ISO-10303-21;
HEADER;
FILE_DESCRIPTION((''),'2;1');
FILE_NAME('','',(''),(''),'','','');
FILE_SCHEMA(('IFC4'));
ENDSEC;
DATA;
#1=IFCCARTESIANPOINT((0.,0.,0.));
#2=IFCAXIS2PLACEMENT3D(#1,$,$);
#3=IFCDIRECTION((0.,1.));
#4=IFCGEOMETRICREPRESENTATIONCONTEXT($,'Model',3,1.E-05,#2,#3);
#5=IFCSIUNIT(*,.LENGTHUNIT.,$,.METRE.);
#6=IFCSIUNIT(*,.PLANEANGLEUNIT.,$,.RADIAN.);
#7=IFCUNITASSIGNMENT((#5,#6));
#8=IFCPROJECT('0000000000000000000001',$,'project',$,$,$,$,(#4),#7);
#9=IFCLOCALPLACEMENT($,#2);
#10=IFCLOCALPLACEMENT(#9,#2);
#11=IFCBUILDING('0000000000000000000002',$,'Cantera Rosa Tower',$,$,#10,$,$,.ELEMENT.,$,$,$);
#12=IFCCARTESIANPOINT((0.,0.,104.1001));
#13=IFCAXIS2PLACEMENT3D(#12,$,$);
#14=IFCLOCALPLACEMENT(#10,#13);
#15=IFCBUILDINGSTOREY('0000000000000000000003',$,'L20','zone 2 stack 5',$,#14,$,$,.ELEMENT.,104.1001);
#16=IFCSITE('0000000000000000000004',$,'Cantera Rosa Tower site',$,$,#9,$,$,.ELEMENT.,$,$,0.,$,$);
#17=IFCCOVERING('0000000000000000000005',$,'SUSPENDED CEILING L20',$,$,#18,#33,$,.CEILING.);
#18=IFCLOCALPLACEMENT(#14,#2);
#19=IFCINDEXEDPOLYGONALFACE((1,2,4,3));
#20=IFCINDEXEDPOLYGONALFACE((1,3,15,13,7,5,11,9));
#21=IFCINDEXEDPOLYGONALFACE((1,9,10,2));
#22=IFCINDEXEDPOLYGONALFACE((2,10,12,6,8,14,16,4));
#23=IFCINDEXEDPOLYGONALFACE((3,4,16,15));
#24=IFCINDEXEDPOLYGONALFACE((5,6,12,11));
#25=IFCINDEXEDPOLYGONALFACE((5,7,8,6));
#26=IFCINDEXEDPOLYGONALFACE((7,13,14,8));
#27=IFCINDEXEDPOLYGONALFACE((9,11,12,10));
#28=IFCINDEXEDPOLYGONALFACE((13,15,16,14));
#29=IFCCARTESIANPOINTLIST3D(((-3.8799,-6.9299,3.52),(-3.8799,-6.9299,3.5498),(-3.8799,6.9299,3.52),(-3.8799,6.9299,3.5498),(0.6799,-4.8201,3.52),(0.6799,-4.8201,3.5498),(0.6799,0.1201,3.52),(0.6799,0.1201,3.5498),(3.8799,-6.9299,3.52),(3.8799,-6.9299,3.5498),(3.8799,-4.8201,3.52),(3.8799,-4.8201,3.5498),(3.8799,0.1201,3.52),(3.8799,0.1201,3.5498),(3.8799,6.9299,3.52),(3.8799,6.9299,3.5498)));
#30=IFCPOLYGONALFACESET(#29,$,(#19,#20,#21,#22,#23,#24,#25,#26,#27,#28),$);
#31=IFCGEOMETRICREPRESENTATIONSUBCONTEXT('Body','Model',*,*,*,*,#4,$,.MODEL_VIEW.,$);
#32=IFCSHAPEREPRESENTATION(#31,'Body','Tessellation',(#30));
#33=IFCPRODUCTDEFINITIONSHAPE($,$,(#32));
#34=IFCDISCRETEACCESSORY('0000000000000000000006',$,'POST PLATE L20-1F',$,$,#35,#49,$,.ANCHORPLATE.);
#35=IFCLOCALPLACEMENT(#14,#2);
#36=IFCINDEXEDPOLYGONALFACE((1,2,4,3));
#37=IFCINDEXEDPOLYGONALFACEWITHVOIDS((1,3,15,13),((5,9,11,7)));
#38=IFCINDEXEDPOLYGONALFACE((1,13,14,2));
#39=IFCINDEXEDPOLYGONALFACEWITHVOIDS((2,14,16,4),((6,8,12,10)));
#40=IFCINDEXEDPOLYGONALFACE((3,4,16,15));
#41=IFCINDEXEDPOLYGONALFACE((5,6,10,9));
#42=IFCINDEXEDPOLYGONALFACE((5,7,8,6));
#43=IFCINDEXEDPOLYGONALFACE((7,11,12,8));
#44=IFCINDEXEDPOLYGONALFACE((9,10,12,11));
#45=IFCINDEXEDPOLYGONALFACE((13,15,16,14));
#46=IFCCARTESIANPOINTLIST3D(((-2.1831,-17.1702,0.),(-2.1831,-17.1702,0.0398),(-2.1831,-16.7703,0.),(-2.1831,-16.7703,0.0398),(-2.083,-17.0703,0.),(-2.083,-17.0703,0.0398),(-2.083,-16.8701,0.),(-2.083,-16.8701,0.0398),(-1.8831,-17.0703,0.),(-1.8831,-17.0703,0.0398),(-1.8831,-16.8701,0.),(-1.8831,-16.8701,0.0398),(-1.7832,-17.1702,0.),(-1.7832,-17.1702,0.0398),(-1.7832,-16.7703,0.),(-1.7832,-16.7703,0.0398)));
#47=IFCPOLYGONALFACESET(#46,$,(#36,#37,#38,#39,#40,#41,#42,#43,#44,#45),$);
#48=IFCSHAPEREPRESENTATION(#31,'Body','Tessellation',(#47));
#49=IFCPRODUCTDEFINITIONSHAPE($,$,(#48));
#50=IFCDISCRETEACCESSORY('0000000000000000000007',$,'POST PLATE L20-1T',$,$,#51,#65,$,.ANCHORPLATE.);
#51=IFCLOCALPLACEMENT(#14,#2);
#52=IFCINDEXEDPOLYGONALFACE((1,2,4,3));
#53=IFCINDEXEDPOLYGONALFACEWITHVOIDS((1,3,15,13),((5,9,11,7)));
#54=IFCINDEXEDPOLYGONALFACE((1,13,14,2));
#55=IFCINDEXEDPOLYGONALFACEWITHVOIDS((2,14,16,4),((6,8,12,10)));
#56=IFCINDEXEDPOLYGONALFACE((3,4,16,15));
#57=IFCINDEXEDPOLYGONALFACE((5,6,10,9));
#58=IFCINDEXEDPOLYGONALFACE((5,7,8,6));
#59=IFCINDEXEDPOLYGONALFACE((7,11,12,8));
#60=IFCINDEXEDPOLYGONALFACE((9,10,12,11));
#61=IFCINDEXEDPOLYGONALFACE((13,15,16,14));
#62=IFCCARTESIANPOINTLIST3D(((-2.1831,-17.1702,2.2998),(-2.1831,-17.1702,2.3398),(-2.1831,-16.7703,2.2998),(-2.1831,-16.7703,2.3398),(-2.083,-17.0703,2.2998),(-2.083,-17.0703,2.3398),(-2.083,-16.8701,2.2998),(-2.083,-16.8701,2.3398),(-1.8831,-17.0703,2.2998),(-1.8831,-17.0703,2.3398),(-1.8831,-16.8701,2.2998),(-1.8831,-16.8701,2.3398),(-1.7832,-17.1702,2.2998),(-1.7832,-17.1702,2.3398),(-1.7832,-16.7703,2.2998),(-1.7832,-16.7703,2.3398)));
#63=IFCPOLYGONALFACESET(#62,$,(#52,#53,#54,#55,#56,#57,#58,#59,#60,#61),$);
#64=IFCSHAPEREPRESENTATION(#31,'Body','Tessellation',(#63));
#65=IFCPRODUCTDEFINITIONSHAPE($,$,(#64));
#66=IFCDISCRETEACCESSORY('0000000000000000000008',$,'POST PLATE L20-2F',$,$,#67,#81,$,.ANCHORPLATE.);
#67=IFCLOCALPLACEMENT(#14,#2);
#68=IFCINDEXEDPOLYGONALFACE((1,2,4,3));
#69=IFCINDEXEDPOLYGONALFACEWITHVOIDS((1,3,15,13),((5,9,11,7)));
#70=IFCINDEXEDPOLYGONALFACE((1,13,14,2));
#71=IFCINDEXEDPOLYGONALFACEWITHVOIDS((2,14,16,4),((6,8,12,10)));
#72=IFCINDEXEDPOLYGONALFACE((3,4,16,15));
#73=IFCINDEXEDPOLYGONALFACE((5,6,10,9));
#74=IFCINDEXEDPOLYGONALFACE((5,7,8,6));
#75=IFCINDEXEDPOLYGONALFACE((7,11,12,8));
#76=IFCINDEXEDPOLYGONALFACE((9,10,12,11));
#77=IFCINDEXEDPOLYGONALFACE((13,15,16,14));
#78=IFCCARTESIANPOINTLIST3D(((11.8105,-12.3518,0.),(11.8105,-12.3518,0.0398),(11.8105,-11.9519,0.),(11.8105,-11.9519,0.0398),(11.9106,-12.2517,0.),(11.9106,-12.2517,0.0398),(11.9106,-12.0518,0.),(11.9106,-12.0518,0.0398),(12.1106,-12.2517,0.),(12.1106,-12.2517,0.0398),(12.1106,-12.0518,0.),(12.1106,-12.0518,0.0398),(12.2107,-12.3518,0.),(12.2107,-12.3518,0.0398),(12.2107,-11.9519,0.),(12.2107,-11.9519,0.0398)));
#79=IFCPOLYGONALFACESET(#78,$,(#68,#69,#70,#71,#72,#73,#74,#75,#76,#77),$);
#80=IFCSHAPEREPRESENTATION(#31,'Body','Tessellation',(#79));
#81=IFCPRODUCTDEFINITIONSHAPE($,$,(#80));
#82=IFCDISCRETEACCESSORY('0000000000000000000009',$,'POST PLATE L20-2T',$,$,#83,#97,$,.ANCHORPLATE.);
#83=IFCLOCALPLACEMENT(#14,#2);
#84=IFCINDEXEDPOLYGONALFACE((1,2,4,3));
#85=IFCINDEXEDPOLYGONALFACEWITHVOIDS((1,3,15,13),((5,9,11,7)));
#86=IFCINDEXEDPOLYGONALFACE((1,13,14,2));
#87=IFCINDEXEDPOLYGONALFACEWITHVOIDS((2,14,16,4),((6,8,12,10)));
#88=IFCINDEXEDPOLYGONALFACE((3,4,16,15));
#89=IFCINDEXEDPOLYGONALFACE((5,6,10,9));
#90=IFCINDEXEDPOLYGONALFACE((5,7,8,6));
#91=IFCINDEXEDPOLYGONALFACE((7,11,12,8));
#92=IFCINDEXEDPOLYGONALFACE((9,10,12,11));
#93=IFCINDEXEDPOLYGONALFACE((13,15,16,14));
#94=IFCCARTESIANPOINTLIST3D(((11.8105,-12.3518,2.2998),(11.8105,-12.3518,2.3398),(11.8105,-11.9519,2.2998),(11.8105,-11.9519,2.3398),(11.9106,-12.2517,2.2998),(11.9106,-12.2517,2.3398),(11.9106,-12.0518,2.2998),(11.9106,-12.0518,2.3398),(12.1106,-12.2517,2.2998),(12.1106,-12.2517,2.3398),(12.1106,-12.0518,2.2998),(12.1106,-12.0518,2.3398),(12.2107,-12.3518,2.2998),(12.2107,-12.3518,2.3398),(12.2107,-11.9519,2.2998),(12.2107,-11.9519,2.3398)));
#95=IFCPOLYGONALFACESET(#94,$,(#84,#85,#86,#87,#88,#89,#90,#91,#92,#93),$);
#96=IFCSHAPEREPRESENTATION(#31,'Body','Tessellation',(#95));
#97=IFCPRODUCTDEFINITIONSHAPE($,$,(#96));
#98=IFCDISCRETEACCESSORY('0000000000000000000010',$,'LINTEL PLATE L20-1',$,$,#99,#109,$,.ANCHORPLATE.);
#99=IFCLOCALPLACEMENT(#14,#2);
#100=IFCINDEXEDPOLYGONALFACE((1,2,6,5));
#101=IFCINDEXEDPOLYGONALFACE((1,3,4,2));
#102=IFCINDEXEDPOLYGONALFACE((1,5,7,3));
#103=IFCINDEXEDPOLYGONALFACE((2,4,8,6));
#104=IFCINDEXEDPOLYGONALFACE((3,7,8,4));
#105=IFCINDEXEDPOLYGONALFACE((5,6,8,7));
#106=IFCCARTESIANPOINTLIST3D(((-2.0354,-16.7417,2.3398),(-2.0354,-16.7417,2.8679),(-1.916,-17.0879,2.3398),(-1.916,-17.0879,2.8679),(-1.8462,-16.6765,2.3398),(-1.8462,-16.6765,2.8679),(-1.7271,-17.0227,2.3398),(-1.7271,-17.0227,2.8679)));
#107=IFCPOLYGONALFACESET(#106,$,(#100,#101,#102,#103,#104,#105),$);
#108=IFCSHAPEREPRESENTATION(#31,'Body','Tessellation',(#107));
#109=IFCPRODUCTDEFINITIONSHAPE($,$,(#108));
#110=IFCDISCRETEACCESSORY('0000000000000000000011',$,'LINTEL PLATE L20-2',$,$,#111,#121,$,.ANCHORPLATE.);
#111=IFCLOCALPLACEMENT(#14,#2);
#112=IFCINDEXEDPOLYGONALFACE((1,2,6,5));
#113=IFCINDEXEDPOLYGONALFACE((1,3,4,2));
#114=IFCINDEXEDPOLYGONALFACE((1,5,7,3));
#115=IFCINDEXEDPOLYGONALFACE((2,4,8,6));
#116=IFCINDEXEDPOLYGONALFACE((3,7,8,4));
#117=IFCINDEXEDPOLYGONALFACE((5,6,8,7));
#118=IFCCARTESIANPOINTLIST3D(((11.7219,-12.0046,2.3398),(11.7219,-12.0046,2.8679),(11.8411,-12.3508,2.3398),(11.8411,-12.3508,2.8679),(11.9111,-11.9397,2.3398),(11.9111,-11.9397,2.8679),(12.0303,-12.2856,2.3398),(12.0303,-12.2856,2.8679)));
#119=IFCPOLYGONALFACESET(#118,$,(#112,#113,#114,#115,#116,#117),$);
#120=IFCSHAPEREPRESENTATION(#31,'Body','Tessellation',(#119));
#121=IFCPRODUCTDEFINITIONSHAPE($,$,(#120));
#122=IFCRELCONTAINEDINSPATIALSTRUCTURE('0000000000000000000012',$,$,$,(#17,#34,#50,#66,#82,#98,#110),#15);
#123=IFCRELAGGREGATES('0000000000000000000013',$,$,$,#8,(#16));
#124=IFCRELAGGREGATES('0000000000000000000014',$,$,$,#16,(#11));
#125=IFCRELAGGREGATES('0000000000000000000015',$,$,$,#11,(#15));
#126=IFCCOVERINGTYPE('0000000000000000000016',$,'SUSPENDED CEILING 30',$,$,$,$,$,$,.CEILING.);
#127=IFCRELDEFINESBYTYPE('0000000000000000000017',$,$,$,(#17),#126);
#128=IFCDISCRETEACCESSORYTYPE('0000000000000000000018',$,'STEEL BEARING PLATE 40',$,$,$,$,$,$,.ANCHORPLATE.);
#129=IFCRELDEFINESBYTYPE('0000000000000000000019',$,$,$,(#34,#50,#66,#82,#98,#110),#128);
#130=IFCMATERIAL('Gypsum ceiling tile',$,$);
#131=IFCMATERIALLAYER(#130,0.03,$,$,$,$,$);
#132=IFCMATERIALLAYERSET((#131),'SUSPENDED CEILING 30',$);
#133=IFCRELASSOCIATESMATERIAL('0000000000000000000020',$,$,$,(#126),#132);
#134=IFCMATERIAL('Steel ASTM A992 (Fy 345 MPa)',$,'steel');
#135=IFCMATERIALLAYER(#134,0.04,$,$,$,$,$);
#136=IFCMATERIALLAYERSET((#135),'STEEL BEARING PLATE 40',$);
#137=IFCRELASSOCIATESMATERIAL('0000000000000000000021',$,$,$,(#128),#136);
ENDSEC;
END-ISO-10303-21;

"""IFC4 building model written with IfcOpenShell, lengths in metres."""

from ifc_helpers import new_model, si_unit, direction, frame, origin, place, context, subcontext, project, spatial, polyline, outline, extrude, material, layer, layer_set, type_object, element, save


model = new_model("IFC4")

# Units and contexts
model_context = context("Model", 3, precision=1e-05, world=origin(), true_north=direction((0.0, 1.0)))
body_context = subcontext(model_context, "Body", "Model", "MODEL_VIEW")
ifc_project = project(units=[si_unit("LENGTHUNIT", "METRE"), si_unit("PLANEANGLEUNIT", "RADIAN")], contexts=[model_context])

# Site, building, storey
site_placement = place(None, origin())
site = spatial("IfcSite", under=ifc_project, at=site_placement, Name="Cantera Rosa Tower site", CompositionType="ELEMENT", RefElevation=0.0)
building_placement = place(site_placement, origin())
building = spatial("IfcBuilding", under=site, at=building_placement, Name="Cantera Rosa Tower", CompositionType="ELEMENT")
storey_placement = place(building_placement, frame((0.0, 0.0, 104.1001)))
storey = spatial("IfcBuildingStorey", under=building, at=storey_placement, Name="L20", Description="zone 2 stack 5", CompositionType="ELEMENT", Elevation=104.1001)

# Covering
ifc_material_1 = material(Name="Gypsum ceiling tile")
ifc_layer_1 = layer(ifc_material_1, 0.03)
ifc_layer_set_1 = layer_set([ifc_layer_1], Name="SUSPENDED CEILING 30")
covering_type_1 = type_object("IfcCoveringType", Name="SUSPENDED CEILING 30", PredefinedType="CEILING", material=ifc_layer_set_1)
covering_1_placement = place(storey_placement, frame((0.0, 0.0, 3.52)))
element("IfcCovering", 1, at=covering_1_placement, inside=storey, type_object=covering_type_1, Name="SUSPENDED CEILING L20", PredefinedType="CEILING", context=body_context, shape_type="SweptSolid", body=[
    extrude(outline(polyline([(3.8799, 6.9299), (3.8799, 0.1201), (0.6799, 0.1201), (0.6799, -4.8201), (3.8799, -4.8201), (3.8799, -6.9299), (-3.8799, -6.9299), (-3.8799, 6.9299), (3.8799, 6.9299)])), origin(), (0.0, 0.0, 1.0), 0.0298),
])

# Discrete accessories
ifc_material_2 = material(Name="Steel ASTM A992 (Fy 345 MPa)", Category="steel")
ifc_layer_2 = layer(ifc_material_2, 0.04)
ifc_layer_set_2 = layer_set([ifc_layer_2], Name="STEEL BEARING PLATE 40")
discrete_accessory_type = type_object("IfcDiscreteAccessoryType", Name="STEEL BEARING PLATE 40", PredefinedType="ANCHORPLATE", material=ifc_layer_set_2)
discrete_accessory_1_placement = place(storey_placement, origin())
element("IfcDiscreteAccessory", 2, at=discrete_accessory_1_placement, inside=storey, type_object=discrete_accessory_type, Name="POST PLATE L20-1F", PredefinedType="ANCHORPLATE", context=body_context, shape_type="SweptSolid", body=[
    extrude(outline(polyline([(-2.1831, -17.1702), (-1.7832, -17.1702), (-1.7832, -16.7703), (-2.1831, -16.7703), (-2.1831, -17.1702)]), holes=[polyline([(-2.083, -17.0703), (-1.8831, -17.0703), (-1.8831, -16.8701), (-2.083, -16.8701), (-2.083, -17.0703)])]), origin(), (0.0, 0.0, 1.0), 0.0398),
])
discrete_accessory_2_placement = place(storey_placement, frame((0.0, 0.0, 2.2998)))
element("IfcDiscreteAccessory", 3, at=discrete_accessory_2_placement, inside=storey, type_object=discrete_accessory_type, Name="POST PLATE L20-1T", PredefinedType="ANCHORPLATE", context=body_context, shape_type="SweptSolid", body=[
    extrude(outline(polyline([(-2.1831, -17.1702), (-1.7832, -17.1702), (-1.7832, -16.7703), (-2.1831, -16.7703), (-2.1831, -17.1702)]), holes=[polyline([(-2.083, -17.0703), (-1.8831, -17.0703), (-1.8831, -16.8701), (-2.083, -16.8701), (-2.083, -17.0703)])]), origin(), (0.0, 0.0, 1.0), 0.04),
])
discrete_accessory_3_placement = place(storey_placement, origin())
element("IfcDiscreteAccessory", 4, at=discrete_accessory_3_placement, inside=storey, type_object=discrete_accessory_type, Name="POST PLATE L20-2F", PredefinedType="ANCHORPLATE", context=body_context, shape_type="SweptSolid", body=[
    extrude(outline(polyline([(11.8105, -12.3518), (12.2107, -12.3518), (12.2107, -11.9519), (11.8105, -11.9519), (11.8105, -12.3518)]), holes=[polyline([(11.9106, -12.2517), (12.1106, -12.2517), (12.1106, -12.0518), (11.9106, -12.0518), (11.9106, -12.2517)])]), origin(), (0.0, 0.0, 1.0), 0.0398),
])
discrete_accessory_4_placement = place(storey_placement, frame((0.0, 0.0, 2.2998)))
element("IfcDiscreteAccessory", 5, at=discrete_accessory_4_placement, inside=storey, type_object=discrete_accessory_type, Name="POST PLATE L20-2T", PredefinedType="ANCHORPLATE", context=body_context, shape_type="SweptSolid", body=[
    extrude(outline(polyline([(11.8105, -12.3518), (12.2107, -12.3518), (12.2107, -11.9519), (11.8105, -11.9519), (11.8105, -12.3518)]), holes=[polyline([(11.9106, -12.2517), (12.1106, -12.2517), (12.1106, -12.0518), (11.9106, -12.0518), (11.9106, -12.2517)])]), origin(), (0.0, 0.0, 1.0), 0.04),
])
discrete_accessory_5_placement = place(storey_placement, frame((0.0, 0.0, 2.3398)))
element("IfcDiscreteAccessory", 6, at=discrete_accessory_5_placement, inside=storey, type_object=discrete_accessory_type, Name="LINTEL PLATE L20-1", PredefinedType="ANCHORPLATE", context=body_context, shape_type="SweptSolid", body=[
    extrude(outline(polyline([(-1.8462, -16.6765), (-2.0354, -16.7417), (-1.916, -17.0879), (-1.7271, -17.0227), (-1.8462, -16.6765)])), origin(), (0.0, 0.0, 1.0), 0.5281),
])
discrete_accessory_6_placement = place(storey_placement, frame((0.0, 0.0, 2.3398)))
element("IfcDiscreteAccessory", 7, at=discrete_accessory_6_placement, inside=storey, type_object=discrete_accessory_type, Name="LINTEL PLATE L20-2", PredefinedType="ANCHORPLATE", context=body_context, shape_type="SweptSolid", body=[
    extrude(outline(polyline([(11.8411, -12.3508), (12.0303, -12.2856), (11.9111, -11.9397), (11.7219, -12.0046), (11.8411, -12.3508)])), origin(), (0.0, 0.0, 1.0), 0.5281),
])

save(model, "model.ifc")
